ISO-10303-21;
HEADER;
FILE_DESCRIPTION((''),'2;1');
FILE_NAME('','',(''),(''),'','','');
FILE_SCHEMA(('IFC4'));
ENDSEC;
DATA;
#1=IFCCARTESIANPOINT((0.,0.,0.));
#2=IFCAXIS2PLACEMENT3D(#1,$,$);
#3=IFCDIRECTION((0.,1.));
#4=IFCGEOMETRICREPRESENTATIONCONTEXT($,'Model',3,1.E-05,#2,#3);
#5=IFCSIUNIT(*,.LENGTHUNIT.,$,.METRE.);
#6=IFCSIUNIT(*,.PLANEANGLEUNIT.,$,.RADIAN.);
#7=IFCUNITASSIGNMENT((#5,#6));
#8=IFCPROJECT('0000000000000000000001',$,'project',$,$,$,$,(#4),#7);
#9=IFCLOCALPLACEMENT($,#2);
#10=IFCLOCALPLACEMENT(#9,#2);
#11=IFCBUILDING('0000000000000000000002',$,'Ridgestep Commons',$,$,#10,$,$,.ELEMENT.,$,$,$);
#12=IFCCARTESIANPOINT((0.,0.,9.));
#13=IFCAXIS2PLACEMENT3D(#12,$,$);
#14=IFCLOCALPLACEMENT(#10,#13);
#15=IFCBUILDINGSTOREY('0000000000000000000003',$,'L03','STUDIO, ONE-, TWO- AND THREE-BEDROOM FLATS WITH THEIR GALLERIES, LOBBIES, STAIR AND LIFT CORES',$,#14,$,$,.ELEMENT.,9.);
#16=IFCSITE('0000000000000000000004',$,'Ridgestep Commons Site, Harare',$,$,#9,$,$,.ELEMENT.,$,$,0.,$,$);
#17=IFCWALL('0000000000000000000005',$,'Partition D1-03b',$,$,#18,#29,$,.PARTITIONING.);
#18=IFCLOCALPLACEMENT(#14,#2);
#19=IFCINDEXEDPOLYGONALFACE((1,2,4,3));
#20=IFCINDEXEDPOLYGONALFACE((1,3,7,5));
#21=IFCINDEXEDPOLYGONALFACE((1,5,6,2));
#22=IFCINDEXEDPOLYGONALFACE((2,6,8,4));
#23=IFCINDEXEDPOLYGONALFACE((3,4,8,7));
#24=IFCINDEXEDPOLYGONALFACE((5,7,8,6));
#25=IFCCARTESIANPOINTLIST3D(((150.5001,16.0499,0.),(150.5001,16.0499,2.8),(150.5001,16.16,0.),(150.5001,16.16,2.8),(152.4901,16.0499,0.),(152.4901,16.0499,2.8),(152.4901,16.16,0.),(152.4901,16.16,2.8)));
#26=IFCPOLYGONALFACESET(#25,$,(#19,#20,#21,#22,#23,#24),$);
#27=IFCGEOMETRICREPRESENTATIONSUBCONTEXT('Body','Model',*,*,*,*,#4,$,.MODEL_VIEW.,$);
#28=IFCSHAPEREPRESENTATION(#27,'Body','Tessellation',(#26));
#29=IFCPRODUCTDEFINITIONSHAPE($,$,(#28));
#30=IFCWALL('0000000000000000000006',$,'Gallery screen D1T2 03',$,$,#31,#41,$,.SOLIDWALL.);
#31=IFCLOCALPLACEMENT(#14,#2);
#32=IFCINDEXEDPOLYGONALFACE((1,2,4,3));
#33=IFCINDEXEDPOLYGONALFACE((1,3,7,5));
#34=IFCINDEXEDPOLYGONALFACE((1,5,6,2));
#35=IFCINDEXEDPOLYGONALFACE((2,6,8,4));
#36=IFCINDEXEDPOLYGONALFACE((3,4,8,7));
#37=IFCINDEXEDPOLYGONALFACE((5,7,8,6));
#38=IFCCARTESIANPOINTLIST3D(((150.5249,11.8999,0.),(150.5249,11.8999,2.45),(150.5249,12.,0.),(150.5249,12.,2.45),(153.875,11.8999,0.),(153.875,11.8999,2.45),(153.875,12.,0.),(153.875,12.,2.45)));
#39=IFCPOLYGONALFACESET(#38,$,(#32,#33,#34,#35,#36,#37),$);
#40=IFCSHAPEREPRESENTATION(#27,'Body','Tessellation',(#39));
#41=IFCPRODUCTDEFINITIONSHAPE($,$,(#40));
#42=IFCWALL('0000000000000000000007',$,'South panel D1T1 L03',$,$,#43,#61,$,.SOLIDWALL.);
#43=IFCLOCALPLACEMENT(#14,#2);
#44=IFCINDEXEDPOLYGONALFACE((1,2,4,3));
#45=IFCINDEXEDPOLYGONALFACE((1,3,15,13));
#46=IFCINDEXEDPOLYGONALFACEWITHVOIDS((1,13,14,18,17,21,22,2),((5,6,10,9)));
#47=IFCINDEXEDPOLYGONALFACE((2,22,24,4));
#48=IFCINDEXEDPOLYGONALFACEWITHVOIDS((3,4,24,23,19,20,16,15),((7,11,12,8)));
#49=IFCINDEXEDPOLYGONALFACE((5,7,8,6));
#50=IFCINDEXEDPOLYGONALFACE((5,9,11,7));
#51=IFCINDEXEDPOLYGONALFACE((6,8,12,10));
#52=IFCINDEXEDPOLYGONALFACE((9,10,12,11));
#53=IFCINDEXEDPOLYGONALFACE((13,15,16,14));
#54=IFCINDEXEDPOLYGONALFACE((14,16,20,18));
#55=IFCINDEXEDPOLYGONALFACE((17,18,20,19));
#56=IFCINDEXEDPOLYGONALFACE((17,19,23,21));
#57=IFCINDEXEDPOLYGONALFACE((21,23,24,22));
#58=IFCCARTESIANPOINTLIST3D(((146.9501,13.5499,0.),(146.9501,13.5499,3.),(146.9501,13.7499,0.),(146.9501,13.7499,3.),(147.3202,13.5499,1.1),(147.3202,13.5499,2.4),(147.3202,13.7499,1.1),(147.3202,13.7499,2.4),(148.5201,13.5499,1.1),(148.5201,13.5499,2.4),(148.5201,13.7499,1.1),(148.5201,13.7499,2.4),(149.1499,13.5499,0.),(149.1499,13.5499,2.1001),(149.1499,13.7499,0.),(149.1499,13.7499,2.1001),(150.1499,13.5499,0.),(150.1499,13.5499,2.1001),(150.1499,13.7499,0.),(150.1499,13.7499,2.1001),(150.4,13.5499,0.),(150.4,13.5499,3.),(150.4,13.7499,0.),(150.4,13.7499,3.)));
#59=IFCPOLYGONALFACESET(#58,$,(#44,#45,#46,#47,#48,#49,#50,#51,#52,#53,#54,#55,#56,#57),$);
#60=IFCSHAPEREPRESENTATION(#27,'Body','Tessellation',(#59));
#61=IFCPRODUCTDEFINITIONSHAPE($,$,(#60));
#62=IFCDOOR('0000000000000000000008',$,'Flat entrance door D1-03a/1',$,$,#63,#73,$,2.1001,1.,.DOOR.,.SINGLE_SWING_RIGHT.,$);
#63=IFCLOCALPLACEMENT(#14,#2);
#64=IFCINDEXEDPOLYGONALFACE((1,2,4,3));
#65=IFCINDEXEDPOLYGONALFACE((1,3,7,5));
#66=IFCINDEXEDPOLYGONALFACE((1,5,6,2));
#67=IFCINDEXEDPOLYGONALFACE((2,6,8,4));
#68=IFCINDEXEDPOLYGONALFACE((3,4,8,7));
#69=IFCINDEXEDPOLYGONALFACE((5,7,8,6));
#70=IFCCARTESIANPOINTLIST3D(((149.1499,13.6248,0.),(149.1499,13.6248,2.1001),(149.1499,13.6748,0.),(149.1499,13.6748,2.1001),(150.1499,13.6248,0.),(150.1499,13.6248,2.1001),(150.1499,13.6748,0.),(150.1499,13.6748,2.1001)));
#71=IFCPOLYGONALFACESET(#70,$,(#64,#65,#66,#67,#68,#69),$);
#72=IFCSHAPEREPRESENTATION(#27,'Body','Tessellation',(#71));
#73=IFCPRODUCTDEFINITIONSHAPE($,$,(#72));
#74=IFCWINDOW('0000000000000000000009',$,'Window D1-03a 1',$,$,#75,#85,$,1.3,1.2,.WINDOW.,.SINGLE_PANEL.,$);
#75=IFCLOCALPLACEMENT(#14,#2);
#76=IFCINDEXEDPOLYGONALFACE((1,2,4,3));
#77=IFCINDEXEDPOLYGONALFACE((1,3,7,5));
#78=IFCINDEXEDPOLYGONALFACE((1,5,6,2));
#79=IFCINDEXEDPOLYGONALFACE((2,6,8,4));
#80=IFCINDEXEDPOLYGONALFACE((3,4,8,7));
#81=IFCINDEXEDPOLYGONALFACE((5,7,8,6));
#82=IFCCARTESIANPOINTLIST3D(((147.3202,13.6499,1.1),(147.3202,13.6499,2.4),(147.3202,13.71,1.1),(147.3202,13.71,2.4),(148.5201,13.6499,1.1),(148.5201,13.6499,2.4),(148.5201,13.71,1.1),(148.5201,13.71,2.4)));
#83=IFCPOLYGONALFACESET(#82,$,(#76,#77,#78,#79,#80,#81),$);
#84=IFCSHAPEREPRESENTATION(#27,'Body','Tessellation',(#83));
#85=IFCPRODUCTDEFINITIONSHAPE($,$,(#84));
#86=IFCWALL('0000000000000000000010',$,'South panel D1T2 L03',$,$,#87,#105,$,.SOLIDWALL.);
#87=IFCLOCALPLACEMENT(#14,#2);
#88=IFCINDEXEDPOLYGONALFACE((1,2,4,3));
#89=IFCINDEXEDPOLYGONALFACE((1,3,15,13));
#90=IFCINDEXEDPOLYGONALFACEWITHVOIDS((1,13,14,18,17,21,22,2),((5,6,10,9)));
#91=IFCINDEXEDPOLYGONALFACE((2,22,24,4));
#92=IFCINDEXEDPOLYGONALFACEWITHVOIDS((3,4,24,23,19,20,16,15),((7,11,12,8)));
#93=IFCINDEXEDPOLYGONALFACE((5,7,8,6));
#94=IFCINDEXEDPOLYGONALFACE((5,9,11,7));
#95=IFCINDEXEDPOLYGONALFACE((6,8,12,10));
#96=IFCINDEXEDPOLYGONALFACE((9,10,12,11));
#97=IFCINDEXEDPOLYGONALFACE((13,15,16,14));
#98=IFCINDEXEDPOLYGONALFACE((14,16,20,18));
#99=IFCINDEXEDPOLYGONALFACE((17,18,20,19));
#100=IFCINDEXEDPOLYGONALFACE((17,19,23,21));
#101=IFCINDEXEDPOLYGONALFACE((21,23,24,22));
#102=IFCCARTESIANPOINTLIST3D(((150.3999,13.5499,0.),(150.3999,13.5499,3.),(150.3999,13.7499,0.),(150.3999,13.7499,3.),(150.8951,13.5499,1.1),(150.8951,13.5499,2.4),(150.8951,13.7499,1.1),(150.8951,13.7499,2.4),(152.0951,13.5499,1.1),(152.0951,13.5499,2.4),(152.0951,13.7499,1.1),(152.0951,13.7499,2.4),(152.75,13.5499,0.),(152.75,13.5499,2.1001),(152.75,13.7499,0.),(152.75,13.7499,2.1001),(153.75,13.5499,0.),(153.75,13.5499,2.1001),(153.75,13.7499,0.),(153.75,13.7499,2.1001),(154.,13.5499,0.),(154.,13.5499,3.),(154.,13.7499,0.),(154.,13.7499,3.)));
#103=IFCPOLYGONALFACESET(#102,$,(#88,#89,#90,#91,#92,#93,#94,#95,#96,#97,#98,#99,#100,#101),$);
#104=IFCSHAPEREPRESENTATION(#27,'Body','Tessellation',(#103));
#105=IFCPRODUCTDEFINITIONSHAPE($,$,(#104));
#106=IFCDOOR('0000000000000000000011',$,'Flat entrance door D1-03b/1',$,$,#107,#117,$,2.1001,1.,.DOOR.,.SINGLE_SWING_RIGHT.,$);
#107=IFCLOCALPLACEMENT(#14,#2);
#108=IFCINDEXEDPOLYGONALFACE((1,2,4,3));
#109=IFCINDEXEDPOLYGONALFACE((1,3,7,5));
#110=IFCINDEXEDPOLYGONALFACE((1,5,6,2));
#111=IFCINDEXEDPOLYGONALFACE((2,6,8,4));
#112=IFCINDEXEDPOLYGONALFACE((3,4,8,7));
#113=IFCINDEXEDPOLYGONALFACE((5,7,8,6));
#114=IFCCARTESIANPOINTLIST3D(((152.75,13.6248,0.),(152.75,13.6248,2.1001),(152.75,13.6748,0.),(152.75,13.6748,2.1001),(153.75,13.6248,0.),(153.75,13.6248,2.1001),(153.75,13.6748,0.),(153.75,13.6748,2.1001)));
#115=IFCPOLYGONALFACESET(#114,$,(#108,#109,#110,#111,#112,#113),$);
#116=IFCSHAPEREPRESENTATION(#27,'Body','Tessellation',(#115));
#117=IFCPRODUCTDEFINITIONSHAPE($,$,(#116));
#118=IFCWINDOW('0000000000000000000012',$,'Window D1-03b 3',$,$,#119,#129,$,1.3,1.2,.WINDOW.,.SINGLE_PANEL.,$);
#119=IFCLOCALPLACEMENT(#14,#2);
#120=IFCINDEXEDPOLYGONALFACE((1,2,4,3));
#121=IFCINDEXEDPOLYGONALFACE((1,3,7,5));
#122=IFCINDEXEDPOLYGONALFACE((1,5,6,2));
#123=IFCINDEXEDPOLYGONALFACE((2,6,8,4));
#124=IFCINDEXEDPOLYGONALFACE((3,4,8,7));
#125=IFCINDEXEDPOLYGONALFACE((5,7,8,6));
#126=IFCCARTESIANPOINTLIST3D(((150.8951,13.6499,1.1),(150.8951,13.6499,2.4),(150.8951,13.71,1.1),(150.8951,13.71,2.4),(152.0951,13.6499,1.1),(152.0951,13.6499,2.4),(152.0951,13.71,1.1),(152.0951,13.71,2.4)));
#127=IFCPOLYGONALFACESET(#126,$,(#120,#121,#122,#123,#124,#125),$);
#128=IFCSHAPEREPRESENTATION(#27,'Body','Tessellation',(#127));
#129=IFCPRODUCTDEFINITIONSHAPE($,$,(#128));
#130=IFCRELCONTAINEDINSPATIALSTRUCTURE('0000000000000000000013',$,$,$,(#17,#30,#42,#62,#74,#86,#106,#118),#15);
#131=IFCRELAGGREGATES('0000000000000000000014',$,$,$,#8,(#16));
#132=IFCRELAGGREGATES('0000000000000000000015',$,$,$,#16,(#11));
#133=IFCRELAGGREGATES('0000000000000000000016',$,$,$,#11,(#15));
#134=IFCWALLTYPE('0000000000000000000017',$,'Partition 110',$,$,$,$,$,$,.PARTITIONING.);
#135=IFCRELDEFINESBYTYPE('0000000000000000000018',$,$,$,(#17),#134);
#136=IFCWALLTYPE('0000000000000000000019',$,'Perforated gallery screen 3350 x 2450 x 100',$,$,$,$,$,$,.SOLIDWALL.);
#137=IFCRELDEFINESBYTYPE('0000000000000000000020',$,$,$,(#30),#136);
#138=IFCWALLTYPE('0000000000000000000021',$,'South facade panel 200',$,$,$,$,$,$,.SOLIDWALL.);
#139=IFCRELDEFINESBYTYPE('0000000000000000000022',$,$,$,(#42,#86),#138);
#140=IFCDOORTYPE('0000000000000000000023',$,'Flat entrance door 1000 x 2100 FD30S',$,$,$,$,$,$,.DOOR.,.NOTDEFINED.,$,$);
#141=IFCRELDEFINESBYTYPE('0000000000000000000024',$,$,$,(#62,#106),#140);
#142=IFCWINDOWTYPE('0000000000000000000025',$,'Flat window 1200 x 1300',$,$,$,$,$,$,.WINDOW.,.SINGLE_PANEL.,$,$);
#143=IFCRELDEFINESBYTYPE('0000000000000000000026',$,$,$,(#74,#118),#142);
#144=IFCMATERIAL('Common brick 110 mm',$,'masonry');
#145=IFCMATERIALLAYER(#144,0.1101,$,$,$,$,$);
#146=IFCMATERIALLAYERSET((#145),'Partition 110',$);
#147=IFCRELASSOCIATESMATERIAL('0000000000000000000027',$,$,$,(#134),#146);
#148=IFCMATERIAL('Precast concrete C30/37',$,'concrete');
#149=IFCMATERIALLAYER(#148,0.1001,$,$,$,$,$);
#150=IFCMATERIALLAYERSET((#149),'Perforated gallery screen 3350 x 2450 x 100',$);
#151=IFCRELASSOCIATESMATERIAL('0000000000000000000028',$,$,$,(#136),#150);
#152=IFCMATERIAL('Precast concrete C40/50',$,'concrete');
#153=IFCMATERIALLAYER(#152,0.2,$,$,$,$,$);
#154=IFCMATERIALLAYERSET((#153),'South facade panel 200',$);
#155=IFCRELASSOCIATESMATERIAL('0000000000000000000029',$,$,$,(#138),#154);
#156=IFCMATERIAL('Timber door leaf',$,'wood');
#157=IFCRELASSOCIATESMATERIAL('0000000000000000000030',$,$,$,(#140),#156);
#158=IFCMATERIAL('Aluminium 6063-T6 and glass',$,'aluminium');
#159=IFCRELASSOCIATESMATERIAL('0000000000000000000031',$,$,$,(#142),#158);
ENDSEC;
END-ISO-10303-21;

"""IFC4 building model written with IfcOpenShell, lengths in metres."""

from ifc_helpers import new_model, si_unit, direction, frame, frame_2d, origin, place, context, subcontext, project, spatial, rectangle, extrude, material, layer, layer_set, type_object, element, fill, save


model = new_model("IFC4")

# Units and contexts
model_context = context("Model", 3, precision=1e-05, world=origin(), true_north=direction((0.0, 1.0)))
body_context = subcontext(model_context, "Body", "Model", "MODEL_VIEW")
ifc_project = project(units=[si_unit("LENGTHUNIT", "METRE"), si_unit("PLANEANGLEUNIT", "RADIAN")], contexts=[model_context])

# Site, building, storey
site_placement = place(None, origin())
site = spatial("IfcSite", under=ifc_project, at=site_placement, Name="Ridgestep Commons Site, Harare", CompositionType="ELEMENT", RefElevation=0.0)
building_placement = place(site_placement, origin())
building = spatial("IfcBuilding", under=site, at=building_placement, Name="Ridgestep Commons", CompositionType="ELEMENT")
storey_placement = place(building_placement, frame((0.0, 0.0, 9.0)))
storey = spatial("IfcBuildingStorey", under=building, at=storey_placement, Name="L03", Description="STUDIO, ONE-, TWO- AND THREE-BEDROOM FLATS WITH THEIR GALLERIES, LOBBIES, STAIR AND LIFT CORES", CompositionType="ELEMENT", Elevation=9.0)

# Shared definitions
ifc_material_1 = material(Name="Common brick 110 mm", Category="masonry")
ifc_layer_1 = layer(ifc_material_1, 0.1101)
ifc_layer_set_1 = layer_set([ifc_layer_1], Name="Partition 110")
wall_type_1 = type_object("IfcWallType", Name="Partition 110", PredefinedType="PARTITIONING", material=ifc_layer_set_1)

# Walls
wall_1_placement = place(storey_placement, frame((150.5, 16.105, 0.0), z_axis=(0.0, 0.0, 1.0), x_axis=(1.0, 0.0, 0.0)))
element("IfcWall", 1, at=wall_1_placement, inside=storey, type_object=wall_type_1, Name="Partition D1-03b", PredefinedType="PARTITIONING", context=body_context, shape_type="SweptSolid", body=[
    extrude(rectangle(XDim=1.99, YDim=0.1101, at=frame_2d((0.9951, 0.0))), origin(), (0.0, 0.0, 1.0), 2.8),
])
ifc_material_2 = material(Name="Precast concrete C30/37", Category="concrete")
ifc_layer_2 = layer(ifc_material_2, 0.1001)
ifc_layer_set_2 = layer_set([ifc_layer_2], Name="Perforated gallery screen 3350 x 2450 x 100")
wall_type_2 = type_object("IfcWallType", Name="Perforated gallery screen 3350 x 2450 x 100", PredefinedType="SOLIDWALL", material=ifc_layer_set_2)
wall_2_placement = place(storey_placement, frame((150.5249, 11.95, 0.0), z_axis=(0.0, 0.0, 1.0), x_axis=(1.0, 0.0, 0.0)))
element("IfcWall", 2, at=wall_2_placement, inside=storey, type_object=wall_type_2, Name="Gallery screen D1T2 03", PredefinedType="SOLIDWALL", context=body_context, shape_type="SweptSolid", body=[
    extrude(rectangle(XDim=3.3501, YDim=0.1001, at=frame_2d((1.675, 0.0))), origin(), (0.0, 0.0, 1.0), 2.45),
])

# Walls, openings, doors, windows
ifc_material_3 = material(Name="Precast concrete C40/50", Category="concrete")
ifc_layer_3 = layer(ifc_material_3, 0.2)
ifc_layer_set_3 = layer_set([ifc_layer_3], Name="South facade panel 200")
wall_type_3 = type_object("IfcWallType", Name="South facade panel 200", PredefinedType="SOLIDWALL", material=ifc_layer_set_3)
wall_3_placement = place(storey_placement, frame((146.95, 13.6499, 0.0), z_axis=(0.0, 0.0, 1.0), x_axis=(1.0, 0.0, 0.0)))
wall_3 = element("IfcWall", 3, at=wall_3_placement, inside=storey, type_object=wall_type_3, Name="South panel D1T1 L03", PredefinedType="SOLIDWALL", context=body_context, shape_type="SweptSolid", body=[
    extrude(rectangle(XDim=3.45, YDim=0.2, at=frame_2d((1.7251, 0.0))), origin(), (0.0, 0.0, 1.0), 3.0),
])
opening_1_placement = place(wall_3_placement, frame((0.3701, 0.0, 1.1001)))
opening_1 = element("IfcOpeningElement", 4, at=opening_1_placement, cuts=wall_3, PredefinedType="OPENING", context=body_context, shape_type="SweptSolid", body=[
    extrude(rectangle(XDim=1.2, YDim=1.3, at=frame_2d((0.6001, 0.6499))), frame((0.0, 0.1099, 0.0), z_axis=(0.0, -1.0, 0.0), x_axis=(1.0, 0.0, 0.0)), (0.0, 0.0, 1.0), 0.22),
])
opening_2_placement = place(wall_3_placement, frame((2.2, 0.0, 0.0)))
opening_2 = element("IfcOpeningElement", 5, at=opening_2_placement, cuts=wall_3, PredefinedType="OPENING", context=body_context, shape_type="SweptSolid", body=[
    extrude(rectangle(XDim=1.0, YDim=2.1001, at=frame_2d((0.5, 1.05))), frame((0.0, 0.1099, 0.0), z_axis=(0.0, -1.0, 0.0), x_axis=(1.0, 0.0, 0.0)), (0.0, 0.0, 1.0), 0.22),
])
ifc_material_4 = material(Name="Timber door leaf", Category="wood")
door_type_1 = type_object("IfcDoorType", Name="Flat entrance door 1000 x 2100 FD30S", OperationType="NOTDEFINED", PredefinedType="DOOR", material=ifc_material_4)
door_1_placement = place(opening_2_placement, origin())
door_1 = element("IfcDoor", 6, at=door_1_placement, inside=storey, type_object=door_type_1, Name="Flat entrance door D1-03a/1", OperationType="SINGLE_SWING_RIGHT", OverallHeight=2.1001, OverallWidth=1.0, PredefinedType="DOOR", context=body_context, shape_type="SweptSolid", body=[
    extrude(rectangle(XDim=1.0, YDim=2.1001, at=frame_2d((0.5, 1.05))), frame((0.0, 0.0249, 0.0), z_axis=(0.0, -1.0, 0.0), x_axis=(1.0, 0.0, 0.0)), (0.0, 0.0, 1.0), 0.05),
])
fill(opening_2, door_1)
ifc_material_5 = material(Name="Aluminium 6063-T6 and glass", Category="aluminium")
window_type_1 = type_object("IfcWindowType", Name="Flat window 1200 x 1300", PartitioningType="SINGLE_PANEL", PredefinedType="WINDOW", material=ifc_material_5)
window_1_placement = place(opening_1_placement, origin())
window_1 = element("IfcWindow", 7, at=window_1_placement, inside=storey, type_object=window_type_1, Name="Window D1-03a 1", OverallHeight=1.3, OverallWidth=1.2, PartitioningType="SINGLE_PANEL", PredefinedType="WINDOW", context=body_context, shape_type="SweptSolid", body=[
    extrude(rectangle(XDim=1.2, YDim=1.3, at=frame_2d((0.6001, 0.6499))), frame((0.0, 0.0601, 0.0), z_axis=(0.0, -1.0, 0.0), x_axis=(1.0, 0.0, 0.0)), (0.0, 0.0, 1.0), 0.0601),
])
fill(opening_1, window_1)
wall_4_placement = place(storey_placement, frame((150.3999, 13.6499, 0.0), z_axis=(0.0, 0.0, 1.0), x_axis=(1.0, 0.0, 0.0)))
wall_4 = element("IfcWall", 8, at=wall_4_placement, inside=storey, type_object=wall_type_3, Name="South panel D1T2 L03", PredefinedType="SOLIDWALL", context=body_context, shape_type="SweptSolid", body=[
    extrude(rectangle(XDim=3.6001, YDim=0.2, at=frame_2d((1.8, 0.0))), origin(), (0.0, 0.0, 1.0), 3.0),
])
opening_3_placement = place(wall_4_placement, frame((0.4951, 0.0, 1.1001)))
opening_3 = element("IfcOpeningElement", 9, at=opening_3_placement, cuts=wall_4, PredefinedType="OPENING", context=body_context, shape_type="SweptSolid", body=[
    extrude(rectangle(XDim=1.2, YDim=1.3, at=frame_2d((0.6001, 0.6499))), frame((0.0, 0.1099, 0.0), z_axis=(0.0, -1.0, 0.0), x_axis=(1.0, 0.0, 0.0)), (0.0, 0.0, 1.0), 0.22),
])
opening_4_placement = place(wall_4_placement, frame((2.3501, 0.0, 0.0)))
opening_4 = element("IfcOpeningElement", 10, at=opening_4_placement, cuts=wall_4, PredefinedType="OPENING", context=body_context, shape_type="SweptSolid", body=[
    extrude(rectangle(XDim=1.0, YDim=2.1001, at=frame_2d((0.5, 1.05))), frame((0.0, 0.1099, 0.0), z_axis=(0.0, -1.0, 0.0), x_axis=(1.0, 0.0, 0.0)), (0.0, 0.0, 1.0), 0.22),
])
door_2_placement = place(opening_4_placement, origin())
door_2 = element("IfcDoor", 11, at=door_2_placement, inside=storey, type_object=door_type_1, Name="Flat entrance door D1-03b/1", OperationType="SINGLE_SWING_RIGHT", OverallHeight=2.1001, OverallWidth=1.0, PredefinedType="DOOR", context=body_context, shape_type="SweptSolid", body=[
    extrude(rectangle(XDim=1.0, YDim=2.1001, at=frame_2d((0.5, 1.05))), frame((0.0, 0.0249, 0.0), z_axis=(0.0, -1.0, 0.0), x_axis=(1.0, 0.0, 0.0)), (0.0, 0.0, 1.0), 0.05),
])
fill(opening_4, door_2)
window_2_placement = place(opening_3_placement, origin())
window_2 = element("IfcWindow", 12, at=window_2_placement, inside=storey, type_object=window_type_1, Name="Window D1-03b 3", OverallHeight=1.3, OverallWidth=1.2, PartitioningType="SINGLE_PANEL", PredefinedType="WINDOW", context=body_context, shape_type="SweptSolid", body=[
    extrude(rectangle(XDim=1.2, YDim=1.3, at=frame_2d((0.6001, 0.6499))), frame((0.0, 0.0601, 0.0), z_axis=(0.0, -1.0, 0.0), x_axis=(1.0, 0.0, 0.0)), (0.0, 0.0, 1.0), 0.0601),
])
fill(opening_3, window_2)

save(model, "model.ifc")
